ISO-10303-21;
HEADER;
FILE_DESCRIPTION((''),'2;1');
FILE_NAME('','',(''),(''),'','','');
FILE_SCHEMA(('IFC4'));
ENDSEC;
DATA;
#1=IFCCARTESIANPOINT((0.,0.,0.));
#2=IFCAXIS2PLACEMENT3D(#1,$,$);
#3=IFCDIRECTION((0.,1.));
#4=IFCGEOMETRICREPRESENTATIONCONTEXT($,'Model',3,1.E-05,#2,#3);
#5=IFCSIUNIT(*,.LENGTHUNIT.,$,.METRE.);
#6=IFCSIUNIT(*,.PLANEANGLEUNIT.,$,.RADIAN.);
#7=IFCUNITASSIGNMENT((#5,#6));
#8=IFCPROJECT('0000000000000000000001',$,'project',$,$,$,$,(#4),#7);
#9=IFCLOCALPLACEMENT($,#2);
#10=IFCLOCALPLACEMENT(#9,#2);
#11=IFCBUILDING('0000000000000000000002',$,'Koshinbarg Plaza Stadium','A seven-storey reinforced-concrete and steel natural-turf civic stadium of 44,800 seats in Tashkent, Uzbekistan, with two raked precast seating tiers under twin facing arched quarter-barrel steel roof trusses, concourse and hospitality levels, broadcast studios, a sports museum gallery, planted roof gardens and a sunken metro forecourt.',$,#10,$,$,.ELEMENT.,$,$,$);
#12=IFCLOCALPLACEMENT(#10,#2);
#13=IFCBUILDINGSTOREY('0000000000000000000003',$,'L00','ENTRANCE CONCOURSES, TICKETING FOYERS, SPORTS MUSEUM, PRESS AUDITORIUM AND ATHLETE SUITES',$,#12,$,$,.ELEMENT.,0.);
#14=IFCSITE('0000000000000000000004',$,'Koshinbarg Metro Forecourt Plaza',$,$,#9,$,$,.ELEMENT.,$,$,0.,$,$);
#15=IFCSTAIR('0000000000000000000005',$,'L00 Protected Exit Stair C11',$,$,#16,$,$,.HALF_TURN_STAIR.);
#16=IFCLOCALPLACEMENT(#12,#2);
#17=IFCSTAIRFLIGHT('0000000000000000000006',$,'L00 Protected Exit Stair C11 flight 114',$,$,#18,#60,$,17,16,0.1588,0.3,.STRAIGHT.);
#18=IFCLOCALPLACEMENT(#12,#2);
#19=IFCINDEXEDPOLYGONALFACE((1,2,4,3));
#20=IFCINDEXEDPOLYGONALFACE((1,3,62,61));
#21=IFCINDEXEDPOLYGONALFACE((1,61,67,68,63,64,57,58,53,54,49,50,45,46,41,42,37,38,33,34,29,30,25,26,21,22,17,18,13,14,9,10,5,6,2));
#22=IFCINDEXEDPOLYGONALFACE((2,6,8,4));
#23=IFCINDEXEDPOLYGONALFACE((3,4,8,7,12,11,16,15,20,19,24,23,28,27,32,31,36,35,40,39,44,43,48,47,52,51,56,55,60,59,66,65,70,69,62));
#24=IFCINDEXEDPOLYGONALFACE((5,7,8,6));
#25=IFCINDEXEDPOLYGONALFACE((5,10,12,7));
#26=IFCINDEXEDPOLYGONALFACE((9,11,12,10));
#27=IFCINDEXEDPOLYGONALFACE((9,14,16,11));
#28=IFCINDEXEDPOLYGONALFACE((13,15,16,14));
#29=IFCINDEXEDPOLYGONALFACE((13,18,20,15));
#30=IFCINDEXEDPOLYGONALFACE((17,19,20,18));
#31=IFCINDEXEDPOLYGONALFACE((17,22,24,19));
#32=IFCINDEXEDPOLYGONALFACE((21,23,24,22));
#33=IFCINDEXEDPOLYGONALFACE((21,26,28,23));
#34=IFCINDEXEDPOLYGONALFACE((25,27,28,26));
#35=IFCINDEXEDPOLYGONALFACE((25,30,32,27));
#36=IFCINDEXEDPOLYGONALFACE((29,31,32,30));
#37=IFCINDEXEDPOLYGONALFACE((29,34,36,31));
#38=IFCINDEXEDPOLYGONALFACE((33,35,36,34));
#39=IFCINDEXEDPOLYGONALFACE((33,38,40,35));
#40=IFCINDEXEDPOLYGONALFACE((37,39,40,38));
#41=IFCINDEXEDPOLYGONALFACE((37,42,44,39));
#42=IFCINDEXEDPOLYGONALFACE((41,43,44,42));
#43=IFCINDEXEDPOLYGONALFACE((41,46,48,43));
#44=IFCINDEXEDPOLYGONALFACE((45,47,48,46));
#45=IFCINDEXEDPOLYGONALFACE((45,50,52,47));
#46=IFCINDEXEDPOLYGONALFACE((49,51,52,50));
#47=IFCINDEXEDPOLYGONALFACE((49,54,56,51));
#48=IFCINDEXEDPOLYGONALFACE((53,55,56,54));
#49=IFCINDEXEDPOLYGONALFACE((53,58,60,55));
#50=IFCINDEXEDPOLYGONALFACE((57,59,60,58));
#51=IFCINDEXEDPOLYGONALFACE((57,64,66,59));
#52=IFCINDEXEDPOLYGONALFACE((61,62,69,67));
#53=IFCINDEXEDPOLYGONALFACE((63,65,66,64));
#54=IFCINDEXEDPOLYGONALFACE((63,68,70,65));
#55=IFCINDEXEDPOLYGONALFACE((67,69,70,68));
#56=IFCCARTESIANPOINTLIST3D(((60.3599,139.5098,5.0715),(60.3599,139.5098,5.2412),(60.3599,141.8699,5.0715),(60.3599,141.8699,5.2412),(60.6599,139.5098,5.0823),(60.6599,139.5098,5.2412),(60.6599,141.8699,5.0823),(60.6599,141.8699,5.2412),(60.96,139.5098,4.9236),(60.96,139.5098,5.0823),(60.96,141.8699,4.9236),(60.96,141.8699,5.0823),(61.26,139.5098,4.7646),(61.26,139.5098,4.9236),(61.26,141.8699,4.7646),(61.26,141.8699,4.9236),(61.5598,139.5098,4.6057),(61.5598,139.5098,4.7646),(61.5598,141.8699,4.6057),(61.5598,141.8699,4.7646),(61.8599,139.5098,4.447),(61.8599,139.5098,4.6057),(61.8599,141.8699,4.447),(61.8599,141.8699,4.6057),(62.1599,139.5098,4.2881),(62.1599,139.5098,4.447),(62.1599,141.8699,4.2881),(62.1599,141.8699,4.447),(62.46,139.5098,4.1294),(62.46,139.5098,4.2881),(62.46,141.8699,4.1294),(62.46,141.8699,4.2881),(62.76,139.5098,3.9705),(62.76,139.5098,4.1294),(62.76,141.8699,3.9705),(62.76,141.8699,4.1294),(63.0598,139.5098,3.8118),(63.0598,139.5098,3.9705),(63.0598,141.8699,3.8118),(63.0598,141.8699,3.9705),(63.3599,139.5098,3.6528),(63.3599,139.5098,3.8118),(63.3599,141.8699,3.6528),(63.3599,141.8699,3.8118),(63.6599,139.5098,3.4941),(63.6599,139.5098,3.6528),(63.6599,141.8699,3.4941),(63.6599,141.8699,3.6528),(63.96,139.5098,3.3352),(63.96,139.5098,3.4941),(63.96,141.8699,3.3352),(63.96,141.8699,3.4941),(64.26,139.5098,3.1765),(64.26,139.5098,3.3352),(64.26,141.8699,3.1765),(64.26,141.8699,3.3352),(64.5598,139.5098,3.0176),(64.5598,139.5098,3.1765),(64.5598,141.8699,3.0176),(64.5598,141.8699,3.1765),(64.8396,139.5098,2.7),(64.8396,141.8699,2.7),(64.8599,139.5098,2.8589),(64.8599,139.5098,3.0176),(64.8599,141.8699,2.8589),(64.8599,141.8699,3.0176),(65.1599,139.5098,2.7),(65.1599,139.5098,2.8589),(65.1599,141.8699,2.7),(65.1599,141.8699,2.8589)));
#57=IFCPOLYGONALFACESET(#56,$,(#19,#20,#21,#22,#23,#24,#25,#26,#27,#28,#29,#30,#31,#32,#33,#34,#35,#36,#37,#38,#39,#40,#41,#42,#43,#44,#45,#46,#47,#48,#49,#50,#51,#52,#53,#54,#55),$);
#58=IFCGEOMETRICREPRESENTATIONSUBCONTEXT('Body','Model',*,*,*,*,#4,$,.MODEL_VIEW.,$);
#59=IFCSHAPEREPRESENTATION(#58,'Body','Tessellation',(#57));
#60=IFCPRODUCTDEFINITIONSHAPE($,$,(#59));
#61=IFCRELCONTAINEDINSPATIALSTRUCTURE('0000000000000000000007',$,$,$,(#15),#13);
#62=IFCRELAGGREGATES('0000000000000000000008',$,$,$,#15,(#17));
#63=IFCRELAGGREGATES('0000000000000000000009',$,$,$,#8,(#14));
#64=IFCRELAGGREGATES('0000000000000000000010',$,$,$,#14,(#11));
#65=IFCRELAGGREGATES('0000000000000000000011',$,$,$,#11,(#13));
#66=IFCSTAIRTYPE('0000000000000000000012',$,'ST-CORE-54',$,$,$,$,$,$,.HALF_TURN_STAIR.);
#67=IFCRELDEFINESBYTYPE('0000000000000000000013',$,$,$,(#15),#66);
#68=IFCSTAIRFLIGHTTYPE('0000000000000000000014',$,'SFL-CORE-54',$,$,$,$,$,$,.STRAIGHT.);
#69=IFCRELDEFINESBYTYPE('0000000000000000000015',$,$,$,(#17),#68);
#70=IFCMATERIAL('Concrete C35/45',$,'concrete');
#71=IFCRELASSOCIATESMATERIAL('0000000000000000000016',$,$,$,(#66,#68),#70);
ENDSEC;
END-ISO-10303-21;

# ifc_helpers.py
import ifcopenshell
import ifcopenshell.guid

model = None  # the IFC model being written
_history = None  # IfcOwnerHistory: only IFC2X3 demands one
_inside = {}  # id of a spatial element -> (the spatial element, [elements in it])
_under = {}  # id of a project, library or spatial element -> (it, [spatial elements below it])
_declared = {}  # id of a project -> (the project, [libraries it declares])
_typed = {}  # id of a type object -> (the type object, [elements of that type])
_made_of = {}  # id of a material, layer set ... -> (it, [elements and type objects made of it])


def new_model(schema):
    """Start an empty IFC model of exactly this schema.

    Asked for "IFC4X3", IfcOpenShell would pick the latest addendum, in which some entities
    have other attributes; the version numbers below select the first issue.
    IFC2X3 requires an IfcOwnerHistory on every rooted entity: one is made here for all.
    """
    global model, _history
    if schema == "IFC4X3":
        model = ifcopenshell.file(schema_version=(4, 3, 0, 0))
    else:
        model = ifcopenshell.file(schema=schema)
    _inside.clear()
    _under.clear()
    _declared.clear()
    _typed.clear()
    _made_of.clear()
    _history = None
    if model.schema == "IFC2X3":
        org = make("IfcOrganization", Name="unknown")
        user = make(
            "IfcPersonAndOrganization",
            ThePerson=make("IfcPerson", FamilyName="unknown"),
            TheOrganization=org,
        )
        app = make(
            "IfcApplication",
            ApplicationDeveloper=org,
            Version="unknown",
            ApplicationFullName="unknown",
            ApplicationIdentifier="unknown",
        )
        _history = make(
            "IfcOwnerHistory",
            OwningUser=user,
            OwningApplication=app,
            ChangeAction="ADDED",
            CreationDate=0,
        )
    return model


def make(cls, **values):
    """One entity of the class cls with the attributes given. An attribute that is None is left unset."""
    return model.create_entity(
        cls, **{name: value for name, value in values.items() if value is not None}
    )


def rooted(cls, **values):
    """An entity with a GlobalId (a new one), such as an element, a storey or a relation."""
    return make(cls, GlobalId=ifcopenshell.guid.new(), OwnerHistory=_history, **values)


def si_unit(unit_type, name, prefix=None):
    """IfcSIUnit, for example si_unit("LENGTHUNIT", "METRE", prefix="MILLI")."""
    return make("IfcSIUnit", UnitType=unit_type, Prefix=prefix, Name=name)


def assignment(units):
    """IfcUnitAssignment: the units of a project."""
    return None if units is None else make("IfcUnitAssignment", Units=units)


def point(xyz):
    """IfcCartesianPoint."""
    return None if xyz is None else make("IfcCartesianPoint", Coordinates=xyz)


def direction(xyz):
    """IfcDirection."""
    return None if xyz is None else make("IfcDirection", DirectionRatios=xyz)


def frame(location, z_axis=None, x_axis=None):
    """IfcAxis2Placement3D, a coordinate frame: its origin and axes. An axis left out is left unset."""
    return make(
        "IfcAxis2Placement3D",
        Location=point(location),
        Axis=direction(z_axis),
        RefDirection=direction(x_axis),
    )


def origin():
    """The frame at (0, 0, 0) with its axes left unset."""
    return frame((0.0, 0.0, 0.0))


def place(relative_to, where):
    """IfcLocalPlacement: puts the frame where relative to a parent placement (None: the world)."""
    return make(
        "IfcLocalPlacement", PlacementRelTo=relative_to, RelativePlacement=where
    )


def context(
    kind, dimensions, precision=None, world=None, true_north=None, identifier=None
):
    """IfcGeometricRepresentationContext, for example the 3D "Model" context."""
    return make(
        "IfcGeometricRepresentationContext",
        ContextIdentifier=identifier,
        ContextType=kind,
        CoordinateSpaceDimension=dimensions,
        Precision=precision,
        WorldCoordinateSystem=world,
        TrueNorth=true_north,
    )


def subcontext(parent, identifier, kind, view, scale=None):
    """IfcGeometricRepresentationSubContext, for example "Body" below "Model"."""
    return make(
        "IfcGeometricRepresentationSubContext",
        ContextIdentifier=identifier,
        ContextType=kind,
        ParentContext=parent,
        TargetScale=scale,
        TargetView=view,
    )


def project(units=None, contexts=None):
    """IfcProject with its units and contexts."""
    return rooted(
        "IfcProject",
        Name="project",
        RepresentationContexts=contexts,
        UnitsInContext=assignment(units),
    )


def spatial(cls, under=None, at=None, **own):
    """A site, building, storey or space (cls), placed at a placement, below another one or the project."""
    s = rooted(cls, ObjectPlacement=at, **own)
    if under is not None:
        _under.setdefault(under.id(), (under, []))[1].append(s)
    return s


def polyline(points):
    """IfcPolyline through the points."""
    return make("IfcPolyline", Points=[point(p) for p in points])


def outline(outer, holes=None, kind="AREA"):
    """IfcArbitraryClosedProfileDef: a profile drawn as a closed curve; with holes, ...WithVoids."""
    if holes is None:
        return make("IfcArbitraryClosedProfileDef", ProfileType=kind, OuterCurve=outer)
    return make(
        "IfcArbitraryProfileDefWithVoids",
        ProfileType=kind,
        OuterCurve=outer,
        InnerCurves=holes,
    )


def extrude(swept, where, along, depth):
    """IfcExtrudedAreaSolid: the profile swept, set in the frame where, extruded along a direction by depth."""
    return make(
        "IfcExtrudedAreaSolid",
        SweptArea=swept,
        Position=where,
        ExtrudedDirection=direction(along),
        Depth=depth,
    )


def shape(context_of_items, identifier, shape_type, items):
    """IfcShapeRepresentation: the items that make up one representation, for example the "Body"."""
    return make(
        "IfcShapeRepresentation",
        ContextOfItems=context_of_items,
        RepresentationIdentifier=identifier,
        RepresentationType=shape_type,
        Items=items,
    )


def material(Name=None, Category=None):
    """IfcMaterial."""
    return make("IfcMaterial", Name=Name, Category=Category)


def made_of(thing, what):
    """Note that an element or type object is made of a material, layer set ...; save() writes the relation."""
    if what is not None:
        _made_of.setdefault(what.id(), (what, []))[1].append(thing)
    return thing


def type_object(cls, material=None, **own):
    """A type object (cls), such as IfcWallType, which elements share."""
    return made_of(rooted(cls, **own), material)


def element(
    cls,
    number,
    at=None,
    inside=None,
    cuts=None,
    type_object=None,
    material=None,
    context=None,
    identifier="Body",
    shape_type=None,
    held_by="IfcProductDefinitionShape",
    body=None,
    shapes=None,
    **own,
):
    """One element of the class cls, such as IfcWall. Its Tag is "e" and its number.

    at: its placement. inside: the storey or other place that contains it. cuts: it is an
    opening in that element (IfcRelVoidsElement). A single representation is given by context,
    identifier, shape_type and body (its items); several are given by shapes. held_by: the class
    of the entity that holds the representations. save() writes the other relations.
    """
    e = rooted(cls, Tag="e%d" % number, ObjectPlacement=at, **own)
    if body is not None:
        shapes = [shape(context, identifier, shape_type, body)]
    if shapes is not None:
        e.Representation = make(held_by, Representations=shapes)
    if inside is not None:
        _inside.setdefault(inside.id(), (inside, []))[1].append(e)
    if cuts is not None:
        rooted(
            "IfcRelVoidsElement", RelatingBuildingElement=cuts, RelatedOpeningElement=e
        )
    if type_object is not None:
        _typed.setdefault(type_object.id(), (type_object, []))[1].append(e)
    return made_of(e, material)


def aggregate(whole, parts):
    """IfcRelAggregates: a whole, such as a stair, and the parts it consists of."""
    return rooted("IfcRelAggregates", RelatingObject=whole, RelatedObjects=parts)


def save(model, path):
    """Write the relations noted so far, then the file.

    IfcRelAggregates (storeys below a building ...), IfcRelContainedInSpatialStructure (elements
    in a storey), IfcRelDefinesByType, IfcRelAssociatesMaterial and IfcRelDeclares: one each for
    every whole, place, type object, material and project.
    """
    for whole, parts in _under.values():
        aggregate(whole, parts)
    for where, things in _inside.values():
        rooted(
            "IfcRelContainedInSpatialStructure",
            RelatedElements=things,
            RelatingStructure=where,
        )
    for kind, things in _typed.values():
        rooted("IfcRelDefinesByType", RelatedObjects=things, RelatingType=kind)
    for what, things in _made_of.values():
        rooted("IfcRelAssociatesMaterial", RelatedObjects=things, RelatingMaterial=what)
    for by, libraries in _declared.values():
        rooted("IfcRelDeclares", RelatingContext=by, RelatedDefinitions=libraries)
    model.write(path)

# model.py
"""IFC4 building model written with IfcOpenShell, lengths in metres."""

from ifc_helpers import new_model, si_unit, direction, frame, origin, place, context, subcontext, project, spatial, polyline, outline, extrude, material, type_object, element, aggregate, save


model = new_model("IFC4")

# Units and contexts
model_context = context("Model", 3, precision=1e-05, world=origin(), true_north=direction((0.0, 1.0)))
body_context = subcontext(model_context, "Body", "Model", "MODEL_VIEW")
ifc_project = project(units=[si_unit("LENGTHUNIT", "METRE"), si_unit("PLANEANGLEUNIT", "RADIAN")], contexts=[model_context])

# Site, building, storey
site_placement = place(None, origin())
site = spatial("IfcSite", under=ifc_project, at=site_placement, Name="Koshinbarg Metro Forecourt Plaza", CompositionType="ELEMENT", RefElevation=0.0)
building_placement = place(site_placement, origin())
building = spatial("IfcBuilding", under=site, at=building_placement, Name="Koshinbarg Plaza Stadium", Description="A seven-storey reinforced-concrete and steel natural-turf civic stadium of 44,800 seats in Tashkent, Uzbekistan, with two raked precast seating tiers under twin facing arched quarter-barrel steel roof trusses, concourse and hospitality levels, broadcast studios, a sports museum gallery, planted roof gardens and a sunken metro forecourt.", CompositionType="ELEMENT")
storey_placement = place(building_placement, origin())
storey = spatial("IfcBuildingStorey", under=building, at=storey_placement, Name="L00", Description="ENTRANCE CONCOURSES, TICKETING FOYERS, SPORTS MUSEUM, PRESS AUDITORIUM AND ATHLETE SUITES", CompositionType="ELEMENT", Elevation=0.0)

# Shared definitions
ifc_material_1 = material(Name="Concrete C35/45", Category="concrete")

# Stair, stair flight
stair_type = type_object("IfcStairType", Name="ST-CORE-54", PredefinedType="HALF_TURN_STAIR", material=ifc_material_1)
stair_placement = place(storey_placement, origin())
stair = element("IfcStair", 1, at=stair_placement, inside=storey, type_object=stair_type, Name="L00 Protected Exit Stair C11", PredefinedType="HALF_TURN_STAIR")
stair_flight_type = type_object("IfcStairFlightType", Name="SFL-CORE-54", PredefinedType="STRAIGHT", material=ifc_material_1)
stair_flight_1_placement = place(storey_placement, frame((65.1599, 140.6899, 2.7), z_axis=(0.0, 0.0, 1.0), x_axis=(-1.0, 0.0, 0.0)))
stair_flight_1 = element("IfcStairFlight", 2, at=stair_flight_1_placement, type_object=stair_flight_type, Name="L00 Protected Exit Stair C11 flight 114", NumberOfRisers=17, NumberOfTreads=16, PredefinedType="STRAIGHT", RiserHeight=0.1588, TreadLength=0.3, context=body_context, shape_type="SweptSolid", body=[
    extrude(outline(polyline([(0.0, 0.0), (0.0, 0.1589), (0.3, 0.1589), (0.3, 0.3176), (0.6001, 0.3176), (0.6001, 0.4766), (0.8999, 0.4766), (0.8999, 0.6353), (1.2, 0.6353), (1.2, 0.7942), (1.5, 0.7942), (1.5, 0.9529), (1.8, 0.9529), (1.8, 1.1118), (2.1001, 1.1118), (2.1001, 1.2705), (2.3999, 1.2705), (2.3999, 1.4294), (2.7, 1.4294), (2.7, 1.5881), (3.0, 1.5881), (3.0, 1.7471), (3.3, 1.7471), (3.3, 1.9058), (3.6001, 1.9058), (3.6001, 2.0647), (3.8999, 2.0647), (3.8999, 2.2236), (4.2, 2.2236), (4.2, 2.3823), (4.5, 2.3823), (4.5, 2.5413), (4.8, 2.5413), (4.8, 2.7), (4.8, 2.3716), (0.3203, 0.0), (0.0, 0.0)])), frame((0.0, 1.1802, 0.0), z_axis=(0.0, -1.0, 0.0), x_axis=(1.0, 0.0, 0.0)), (0.0, 0.0, 1.0), 2.3601),
])
aggregate(stair, [stair_flight_1])

save(model, "model.ifc")
